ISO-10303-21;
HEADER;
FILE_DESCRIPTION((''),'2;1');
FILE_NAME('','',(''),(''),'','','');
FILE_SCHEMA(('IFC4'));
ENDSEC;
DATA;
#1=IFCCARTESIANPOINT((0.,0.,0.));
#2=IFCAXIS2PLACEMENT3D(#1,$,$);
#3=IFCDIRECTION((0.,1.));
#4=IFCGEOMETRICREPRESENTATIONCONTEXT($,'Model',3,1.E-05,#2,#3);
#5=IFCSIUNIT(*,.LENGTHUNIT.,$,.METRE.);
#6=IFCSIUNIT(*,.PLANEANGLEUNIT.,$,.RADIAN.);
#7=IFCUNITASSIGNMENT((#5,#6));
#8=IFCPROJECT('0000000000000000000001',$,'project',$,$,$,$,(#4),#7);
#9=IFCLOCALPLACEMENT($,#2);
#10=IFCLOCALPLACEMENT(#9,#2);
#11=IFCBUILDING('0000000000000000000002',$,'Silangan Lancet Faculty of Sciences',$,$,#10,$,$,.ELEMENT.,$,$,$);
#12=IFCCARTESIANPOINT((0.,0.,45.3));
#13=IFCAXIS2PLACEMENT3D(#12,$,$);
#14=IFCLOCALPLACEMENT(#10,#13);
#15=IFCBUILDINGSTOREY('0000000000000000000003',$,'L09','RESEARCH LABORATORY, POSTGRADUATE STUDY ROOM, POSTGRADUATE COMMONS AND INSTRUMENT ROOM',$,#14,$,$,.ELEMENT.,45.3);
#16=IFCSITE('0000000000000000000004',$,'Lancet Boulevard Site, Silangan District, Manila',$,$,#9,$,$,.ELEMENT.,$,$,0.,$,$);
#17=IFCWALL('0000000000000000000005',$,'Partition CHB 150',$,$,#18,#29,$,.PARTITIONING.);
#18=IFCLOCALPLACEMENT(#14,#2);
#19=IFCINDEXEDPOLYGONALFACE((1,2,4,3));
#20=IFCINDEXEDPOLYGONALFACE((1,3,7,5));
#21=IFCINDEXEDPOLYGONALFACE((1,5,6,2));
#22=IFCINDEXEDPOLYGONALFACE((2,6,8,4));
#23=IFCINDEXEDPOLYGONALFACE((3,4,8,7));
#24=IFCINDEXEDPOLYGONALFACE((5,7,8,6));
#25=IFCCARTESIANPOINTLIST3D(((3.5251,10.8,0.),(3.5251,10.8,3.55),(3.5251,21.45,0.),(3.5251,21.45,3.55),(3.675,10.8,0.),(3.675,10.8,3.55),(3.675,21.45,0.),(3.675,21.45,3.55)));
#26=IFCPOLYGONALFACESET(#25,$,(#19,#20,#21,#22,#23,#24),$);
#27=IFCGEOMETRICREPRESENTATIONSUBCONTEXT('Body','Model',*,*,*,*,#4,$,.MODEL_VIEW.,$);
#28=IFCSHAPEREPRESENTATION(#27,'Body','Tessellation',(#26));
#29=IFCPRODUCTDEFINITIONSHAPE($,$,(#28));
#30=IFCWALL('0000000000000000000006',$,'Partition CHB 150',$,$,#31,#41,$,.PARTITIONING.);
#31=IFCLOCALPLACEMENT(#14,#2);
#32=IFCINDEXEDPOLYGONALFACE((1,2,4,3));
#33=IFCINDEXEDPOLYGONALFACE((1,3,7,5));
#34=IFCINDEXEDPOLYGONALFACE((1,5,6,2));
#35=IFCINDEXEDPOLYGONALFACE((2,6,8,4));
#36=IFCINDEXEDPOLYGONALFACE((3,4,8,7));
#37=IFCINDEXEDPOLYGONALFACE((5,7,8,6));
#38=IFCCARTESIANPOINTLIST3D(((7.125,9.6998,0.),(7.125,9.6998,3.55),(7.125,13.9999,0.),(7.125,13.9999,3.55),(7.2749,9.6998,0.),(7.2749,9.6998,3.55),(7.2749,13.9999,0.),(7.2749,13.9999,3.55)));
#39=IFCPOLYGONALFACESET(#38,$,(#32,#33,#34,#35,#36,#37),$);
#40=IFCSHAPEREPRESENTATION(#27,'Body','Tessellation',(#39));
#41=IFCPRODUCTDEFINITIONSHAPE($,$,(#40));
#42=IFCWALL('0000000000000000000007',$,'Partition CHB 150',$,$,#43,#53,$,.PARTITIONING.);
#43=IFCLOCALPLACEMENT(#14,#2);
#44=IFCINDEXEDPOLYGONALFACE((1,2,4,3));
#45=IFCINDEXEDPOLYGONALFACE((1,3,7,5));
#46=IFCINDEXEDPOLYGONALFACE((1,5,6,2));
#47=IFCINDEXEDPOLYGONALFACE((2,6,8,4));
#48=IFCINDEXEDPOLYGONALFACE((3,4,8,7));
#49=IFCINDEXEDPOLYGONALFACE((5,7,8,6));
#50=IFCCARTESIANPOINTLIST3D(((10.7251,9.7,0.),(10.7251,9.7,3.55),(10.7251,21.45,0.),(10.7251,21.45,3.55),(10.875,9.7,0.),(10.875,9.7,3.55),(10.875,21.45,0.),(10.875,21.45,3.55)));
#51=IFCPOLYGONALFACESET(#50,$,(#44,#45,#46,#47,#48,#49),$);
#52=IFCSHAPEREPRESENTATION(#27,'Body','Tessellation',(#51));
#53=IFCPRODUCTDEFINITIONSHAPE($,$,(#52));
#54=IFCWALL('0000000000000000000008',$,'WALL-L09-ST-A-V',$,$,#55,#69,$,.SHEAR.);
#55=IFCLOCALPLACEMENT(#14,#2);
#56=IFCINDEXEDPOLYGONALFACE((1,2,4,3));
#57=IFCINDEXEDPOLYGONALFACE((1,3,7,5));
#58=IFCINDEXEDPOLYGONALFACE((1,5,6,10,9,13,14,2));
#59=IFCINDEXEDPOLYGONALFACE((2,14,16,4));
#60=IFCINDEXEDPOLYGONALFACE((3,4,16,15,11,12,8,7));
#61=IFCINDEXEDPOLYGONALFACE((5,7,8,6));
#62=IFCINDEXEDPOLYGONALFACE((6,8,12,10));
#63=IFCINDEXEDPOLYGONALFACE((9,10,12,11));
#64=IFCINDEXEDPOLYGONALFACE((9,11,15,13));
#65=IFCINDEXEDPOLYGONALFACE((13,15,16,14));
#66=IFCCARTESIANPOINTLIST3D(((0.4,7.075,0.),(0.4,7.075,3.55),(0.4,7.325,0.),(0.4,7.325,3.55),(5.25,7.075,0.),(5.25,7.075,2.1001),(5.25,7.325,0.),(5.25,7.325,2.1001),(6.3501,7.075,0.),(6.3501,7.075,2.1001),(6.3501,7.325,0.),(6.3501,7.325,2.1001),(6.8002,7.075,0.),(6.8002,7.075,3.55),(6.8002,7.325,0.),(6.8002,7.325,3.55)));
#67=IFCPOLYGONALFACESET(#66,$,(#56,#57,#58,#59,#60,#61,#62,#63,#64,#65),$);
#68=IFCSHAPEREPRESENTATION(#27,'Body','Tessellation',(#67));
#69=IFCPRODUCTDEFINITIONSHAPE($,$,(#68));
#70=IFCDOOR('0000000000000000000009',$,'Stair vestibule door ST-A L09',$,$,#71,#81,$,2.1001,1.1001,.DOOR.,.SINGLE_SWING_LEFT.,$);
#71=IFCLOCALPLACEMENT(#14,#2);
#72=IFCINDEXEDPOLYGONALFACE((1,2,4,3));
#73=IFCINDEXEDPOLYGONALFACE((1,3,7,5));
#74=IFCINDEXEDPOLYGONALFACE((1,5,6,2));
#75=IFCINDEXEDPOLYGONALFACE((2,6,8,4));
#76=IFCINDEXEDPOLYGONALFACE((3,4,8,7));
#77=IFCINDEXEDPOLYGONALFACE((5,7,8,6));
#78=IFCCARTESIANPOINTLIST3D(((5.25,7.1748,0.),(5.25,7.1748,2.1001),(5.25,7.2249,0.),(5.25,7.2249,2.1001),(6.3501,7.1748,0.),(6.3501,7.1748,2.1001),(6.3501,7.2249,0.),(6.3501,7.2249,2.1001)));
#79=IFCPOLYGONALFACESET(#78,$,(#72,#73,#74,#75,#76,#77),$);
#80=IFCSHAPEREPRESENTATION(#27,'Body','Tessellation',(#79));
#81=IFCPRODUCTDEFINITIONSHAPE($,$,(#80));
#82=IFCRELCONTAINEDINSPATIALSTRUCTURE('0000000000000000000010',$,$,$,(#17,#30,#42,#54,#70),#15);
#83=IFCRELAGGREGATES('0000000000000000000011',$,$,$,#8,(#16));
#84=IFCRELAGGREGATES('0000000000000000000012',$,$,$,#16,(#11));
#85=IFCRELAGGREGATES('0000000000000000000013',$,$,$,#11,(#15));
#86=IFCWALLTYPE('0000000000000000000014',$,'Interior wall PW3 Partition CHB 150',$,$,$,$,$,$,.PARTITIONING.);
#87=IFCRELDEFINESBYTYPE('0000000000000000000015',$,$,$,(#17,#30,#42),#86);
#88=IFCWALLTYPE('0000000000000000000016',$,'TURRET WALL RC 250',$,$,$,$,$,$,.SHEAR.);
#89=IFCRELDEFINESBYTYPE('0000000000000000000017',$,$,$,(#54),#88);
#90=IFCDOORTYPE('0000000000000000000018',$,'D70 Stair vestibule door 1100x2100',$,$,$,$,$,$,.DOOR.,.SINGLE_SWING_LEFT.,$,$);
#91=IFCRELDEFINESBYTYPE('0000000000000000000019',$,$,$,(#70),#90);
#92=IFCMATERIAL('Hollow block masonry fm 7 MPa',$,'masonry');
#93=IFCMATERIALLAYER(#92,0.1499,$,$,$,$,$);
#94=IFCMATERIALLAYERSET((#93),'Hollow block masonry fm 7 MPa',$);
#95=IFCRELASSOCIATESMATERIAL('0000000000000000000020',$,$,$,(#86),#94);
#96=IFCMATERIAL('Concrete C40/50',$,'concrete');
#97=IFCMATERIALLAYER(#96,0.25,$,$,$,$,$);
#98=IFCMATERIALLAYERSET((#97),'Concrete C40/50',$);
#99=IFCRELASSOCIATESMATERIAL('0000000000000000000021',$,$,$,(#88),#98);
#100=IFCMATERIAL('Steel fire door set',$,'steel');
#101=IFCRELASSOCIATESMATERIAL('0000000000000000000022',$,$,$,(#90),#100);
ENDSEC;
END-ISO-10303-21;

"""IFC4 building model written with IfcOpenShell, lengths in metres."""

from ifc_helpers import new_model, si_unit, direction, frame, frame_2d, origin, place, context, subcontext, project, spatial, rectangle, extrude, material, layer, layer_set, type_object, element, fill, save


model = new_model("IFC4")

# Units and contexts
model_context = context("Model", 3, precision=1e-05, world=origin(), true_north=direction((0.0, 1.0)))
body_context = subcontext(model_context, "Body", "Model", "MODEL_VIEW")
ifc_project = project(units=[si_unit("LENGTHUNIT", "METRE"), si_unit("PLANEANGLEUNIT", "RADIAN")], contexts=[model_context])

# Site, building, storey
site_placement = place(None, origin())
site = spatial("IfcSite", under=ifc_project, at=site_placement, Name="Lancet Boulevard Site, Silangan District, Manila", CompositionType="ELEMENT", RefElevation=0.0)
building_placement = place(site_placement, origin())
building = spatial("IfcBuilding", under=site, at=building_placement, Name="Silangan Lancet Faculty of Sciences", CompositionType="ELEMENT")
storey_placement = place(building_placement, frame((0.0, 0.0, 45.3)))
storey = spatial("IfcBuildingStorey", under=building, at=storey_placement, Name="L09", Description="RESEARCH LABORATORY, POSTGRADUATE STUDY ROOM, POSTGRADUATE COMMONS AND INSTRUMENT ROOM", CompositionType="ELEMENT", Elevation=45.3)

# Walls
ifc_material_1 = material(Name="Hollow block masonry fm 7 MPa", Category="masonry")
ifc_layer_1 = layer(ifc_material_1, 0.1499)
ifc_layer_set_1 = layer_set([ifc_layer_1], Name="Hollow block masonry fm 7 MPa")
wall_type_1 = type_object("IfcWallType", Name="Interior wall PW3 Partition CHB 150", PredefinedType="PARTITIONING", material=ifc_layer_set_1)
wall_1_placement = place(storey_placement, frame((3.6001, 10.8, 0.0), z_axis=(0.0, 0.0, 1.0), x_axis=(0.0, 1.0, 0.0)))
element("IfcWall", 1, at=wall_1_placement, inside=storey, type_object=wall_type_1, Name="Partition CHB 150", PredefinedType="PARTITIONING", context=body_context, shape_type="SweptSolid", body=[
    extrude(rectangle(XDim=10.6499, YDim=0.1499, at=frame_2d((5.325, 0.0))), origin(), (0.0, 0.0, 1.0), 3.55),
])
wall_2_placement = place(storey_placement, frame((7.2, 9.7, 0.0), z_axis=(0.0, 0.0, 1.0), x_axis=(0.0, 1.0, 0.0)))
element("IfcWall", 2, at=wall_2_placement, inside=storey, type_object=wall_type_1, Name="Partition CHB 150", PredefinedType="PARTITIONING", context=body_context, shape_type="SweptSolid", body=[
    extrude(rectangle(XDim=4.3, YDim=0.1499, at=frame_2d((2.1499, 0.0))), origin(), (0.0, 0.0, 1.0), 3.55),
])
wall_3_placement = place(storey_placement, frame((10.8, 9.7, 0.0), z_axis=(0.0, 0.0, 1.0), x_axis=(0.0, 1.0, 0.0)))
element("IfcWall", 3, at=wall_3_placement, inside=storey, type_object=wall_type_1, Name="Partition CHB 150", PredefinedType="PARTITIONING", context=body_context, shape_type="SweptSolid", body=[
    extrude(rectangle(XDim=11.75, YDim=0.1499, at=frame_2d((5.875, 0.0))), origin(), (0.0, 0.0, 1.0), 3.55),
])

# Wall, opening, door
ifc_material_2 = material(Name="Concrete C40/50", Category="concrete")
ifc_layer_2 = layer(ifc_material_2, 0.25)
ifc_layer_set_2 = layer_set([ifc_layer_2], Name="Concrete C40/50")
wall_type_2 = type_object("IfcWallType", Name="TURRET WALL RC 250", PredefinedType="SHEAR", material=ifc_layer_set_2)
wall_4_placement = place(storey_placement, frame((0.3999, 7.2, 0.0), z_axis=(0.0, 0.0, 1.0), x_axis=(1.0, 0.0, 0.0)))
wall_4 = element("IfcWall", 4, at=wall_4_placement, inside=storey, type_object=wall_type_2, Name="WALL-L09-ST-A-V", PredefinedType="SHEAR", context=body_context, shape_type="SweptSolid", body=[
    extrude(rectangle(XDim=6.4001, YDim=0.25, at=frame_2d((3.2002, 0.0))), origin(), (0.0, 0.0, 1.0), 3.55),
])
opening_1_placement = place(wall_4_placement, frame((4.8501, 0.0, 0.0)))
opening_1 = element("IfcOpeningElement", 5, at=opening_1_placement, cuts=wall_4, PredefinedType="OPENING", context=body_context, shape_type="SweptSolid", body=[
    extrude(rectangle(XDim=1.1001, YDim=2.1001, at=frame_2d((0.55, 1.05))), frame((0.0, 0.135, 0.0), z_axis=(0.0, -1.0, 0.0), x_axis=(1.0, 0.0, 0.0)), (0.0, 0.0, 1.0), 0.27),
])
ifc_material_3 = material(Name="Steel fire door set", Category="steel")
door_type_1 = type_object("IfcDoorType", Name="D70 Stair vestibule door 1100x2100", OperationType="SINGLE_SWING_LEFT", PredefinedType="DOOR", material=ifc_material_3)
door_1_placement = place(opening_1_placement, frame((1.1001, 0.0, 0.0), z_axis=(0.0, 0.0, 1.0), x_axis=(-1.0, 0.0, 0.0)))
door_1 = element("IfcDoor", 6, at=door_1_placement, inside=storey, type_object=door_type_1, Name="Stair vestibule door ST-A L09", OperationType="SINGLE_SWING_LEFT", OverallHeight=2.1001, OverallWidth=1.1001, PredefinedType="DOOR", context=body_context, shape_type="SweptSolid", body=[
    extrude(rectangle(XDim=1.1001, YDim=2.1001, at=frame_2d((0.55, 1.05))), frame((0.0, 0.0251, 0.0), z_axis=(0.0, -1.0, 0.0), x_axis=(1.0, 0.0, 0.0)), (0.0, 0.0, 1.0), 0.05),
])
fill(opening_1, door_1)

save(model, "model.ifc")
